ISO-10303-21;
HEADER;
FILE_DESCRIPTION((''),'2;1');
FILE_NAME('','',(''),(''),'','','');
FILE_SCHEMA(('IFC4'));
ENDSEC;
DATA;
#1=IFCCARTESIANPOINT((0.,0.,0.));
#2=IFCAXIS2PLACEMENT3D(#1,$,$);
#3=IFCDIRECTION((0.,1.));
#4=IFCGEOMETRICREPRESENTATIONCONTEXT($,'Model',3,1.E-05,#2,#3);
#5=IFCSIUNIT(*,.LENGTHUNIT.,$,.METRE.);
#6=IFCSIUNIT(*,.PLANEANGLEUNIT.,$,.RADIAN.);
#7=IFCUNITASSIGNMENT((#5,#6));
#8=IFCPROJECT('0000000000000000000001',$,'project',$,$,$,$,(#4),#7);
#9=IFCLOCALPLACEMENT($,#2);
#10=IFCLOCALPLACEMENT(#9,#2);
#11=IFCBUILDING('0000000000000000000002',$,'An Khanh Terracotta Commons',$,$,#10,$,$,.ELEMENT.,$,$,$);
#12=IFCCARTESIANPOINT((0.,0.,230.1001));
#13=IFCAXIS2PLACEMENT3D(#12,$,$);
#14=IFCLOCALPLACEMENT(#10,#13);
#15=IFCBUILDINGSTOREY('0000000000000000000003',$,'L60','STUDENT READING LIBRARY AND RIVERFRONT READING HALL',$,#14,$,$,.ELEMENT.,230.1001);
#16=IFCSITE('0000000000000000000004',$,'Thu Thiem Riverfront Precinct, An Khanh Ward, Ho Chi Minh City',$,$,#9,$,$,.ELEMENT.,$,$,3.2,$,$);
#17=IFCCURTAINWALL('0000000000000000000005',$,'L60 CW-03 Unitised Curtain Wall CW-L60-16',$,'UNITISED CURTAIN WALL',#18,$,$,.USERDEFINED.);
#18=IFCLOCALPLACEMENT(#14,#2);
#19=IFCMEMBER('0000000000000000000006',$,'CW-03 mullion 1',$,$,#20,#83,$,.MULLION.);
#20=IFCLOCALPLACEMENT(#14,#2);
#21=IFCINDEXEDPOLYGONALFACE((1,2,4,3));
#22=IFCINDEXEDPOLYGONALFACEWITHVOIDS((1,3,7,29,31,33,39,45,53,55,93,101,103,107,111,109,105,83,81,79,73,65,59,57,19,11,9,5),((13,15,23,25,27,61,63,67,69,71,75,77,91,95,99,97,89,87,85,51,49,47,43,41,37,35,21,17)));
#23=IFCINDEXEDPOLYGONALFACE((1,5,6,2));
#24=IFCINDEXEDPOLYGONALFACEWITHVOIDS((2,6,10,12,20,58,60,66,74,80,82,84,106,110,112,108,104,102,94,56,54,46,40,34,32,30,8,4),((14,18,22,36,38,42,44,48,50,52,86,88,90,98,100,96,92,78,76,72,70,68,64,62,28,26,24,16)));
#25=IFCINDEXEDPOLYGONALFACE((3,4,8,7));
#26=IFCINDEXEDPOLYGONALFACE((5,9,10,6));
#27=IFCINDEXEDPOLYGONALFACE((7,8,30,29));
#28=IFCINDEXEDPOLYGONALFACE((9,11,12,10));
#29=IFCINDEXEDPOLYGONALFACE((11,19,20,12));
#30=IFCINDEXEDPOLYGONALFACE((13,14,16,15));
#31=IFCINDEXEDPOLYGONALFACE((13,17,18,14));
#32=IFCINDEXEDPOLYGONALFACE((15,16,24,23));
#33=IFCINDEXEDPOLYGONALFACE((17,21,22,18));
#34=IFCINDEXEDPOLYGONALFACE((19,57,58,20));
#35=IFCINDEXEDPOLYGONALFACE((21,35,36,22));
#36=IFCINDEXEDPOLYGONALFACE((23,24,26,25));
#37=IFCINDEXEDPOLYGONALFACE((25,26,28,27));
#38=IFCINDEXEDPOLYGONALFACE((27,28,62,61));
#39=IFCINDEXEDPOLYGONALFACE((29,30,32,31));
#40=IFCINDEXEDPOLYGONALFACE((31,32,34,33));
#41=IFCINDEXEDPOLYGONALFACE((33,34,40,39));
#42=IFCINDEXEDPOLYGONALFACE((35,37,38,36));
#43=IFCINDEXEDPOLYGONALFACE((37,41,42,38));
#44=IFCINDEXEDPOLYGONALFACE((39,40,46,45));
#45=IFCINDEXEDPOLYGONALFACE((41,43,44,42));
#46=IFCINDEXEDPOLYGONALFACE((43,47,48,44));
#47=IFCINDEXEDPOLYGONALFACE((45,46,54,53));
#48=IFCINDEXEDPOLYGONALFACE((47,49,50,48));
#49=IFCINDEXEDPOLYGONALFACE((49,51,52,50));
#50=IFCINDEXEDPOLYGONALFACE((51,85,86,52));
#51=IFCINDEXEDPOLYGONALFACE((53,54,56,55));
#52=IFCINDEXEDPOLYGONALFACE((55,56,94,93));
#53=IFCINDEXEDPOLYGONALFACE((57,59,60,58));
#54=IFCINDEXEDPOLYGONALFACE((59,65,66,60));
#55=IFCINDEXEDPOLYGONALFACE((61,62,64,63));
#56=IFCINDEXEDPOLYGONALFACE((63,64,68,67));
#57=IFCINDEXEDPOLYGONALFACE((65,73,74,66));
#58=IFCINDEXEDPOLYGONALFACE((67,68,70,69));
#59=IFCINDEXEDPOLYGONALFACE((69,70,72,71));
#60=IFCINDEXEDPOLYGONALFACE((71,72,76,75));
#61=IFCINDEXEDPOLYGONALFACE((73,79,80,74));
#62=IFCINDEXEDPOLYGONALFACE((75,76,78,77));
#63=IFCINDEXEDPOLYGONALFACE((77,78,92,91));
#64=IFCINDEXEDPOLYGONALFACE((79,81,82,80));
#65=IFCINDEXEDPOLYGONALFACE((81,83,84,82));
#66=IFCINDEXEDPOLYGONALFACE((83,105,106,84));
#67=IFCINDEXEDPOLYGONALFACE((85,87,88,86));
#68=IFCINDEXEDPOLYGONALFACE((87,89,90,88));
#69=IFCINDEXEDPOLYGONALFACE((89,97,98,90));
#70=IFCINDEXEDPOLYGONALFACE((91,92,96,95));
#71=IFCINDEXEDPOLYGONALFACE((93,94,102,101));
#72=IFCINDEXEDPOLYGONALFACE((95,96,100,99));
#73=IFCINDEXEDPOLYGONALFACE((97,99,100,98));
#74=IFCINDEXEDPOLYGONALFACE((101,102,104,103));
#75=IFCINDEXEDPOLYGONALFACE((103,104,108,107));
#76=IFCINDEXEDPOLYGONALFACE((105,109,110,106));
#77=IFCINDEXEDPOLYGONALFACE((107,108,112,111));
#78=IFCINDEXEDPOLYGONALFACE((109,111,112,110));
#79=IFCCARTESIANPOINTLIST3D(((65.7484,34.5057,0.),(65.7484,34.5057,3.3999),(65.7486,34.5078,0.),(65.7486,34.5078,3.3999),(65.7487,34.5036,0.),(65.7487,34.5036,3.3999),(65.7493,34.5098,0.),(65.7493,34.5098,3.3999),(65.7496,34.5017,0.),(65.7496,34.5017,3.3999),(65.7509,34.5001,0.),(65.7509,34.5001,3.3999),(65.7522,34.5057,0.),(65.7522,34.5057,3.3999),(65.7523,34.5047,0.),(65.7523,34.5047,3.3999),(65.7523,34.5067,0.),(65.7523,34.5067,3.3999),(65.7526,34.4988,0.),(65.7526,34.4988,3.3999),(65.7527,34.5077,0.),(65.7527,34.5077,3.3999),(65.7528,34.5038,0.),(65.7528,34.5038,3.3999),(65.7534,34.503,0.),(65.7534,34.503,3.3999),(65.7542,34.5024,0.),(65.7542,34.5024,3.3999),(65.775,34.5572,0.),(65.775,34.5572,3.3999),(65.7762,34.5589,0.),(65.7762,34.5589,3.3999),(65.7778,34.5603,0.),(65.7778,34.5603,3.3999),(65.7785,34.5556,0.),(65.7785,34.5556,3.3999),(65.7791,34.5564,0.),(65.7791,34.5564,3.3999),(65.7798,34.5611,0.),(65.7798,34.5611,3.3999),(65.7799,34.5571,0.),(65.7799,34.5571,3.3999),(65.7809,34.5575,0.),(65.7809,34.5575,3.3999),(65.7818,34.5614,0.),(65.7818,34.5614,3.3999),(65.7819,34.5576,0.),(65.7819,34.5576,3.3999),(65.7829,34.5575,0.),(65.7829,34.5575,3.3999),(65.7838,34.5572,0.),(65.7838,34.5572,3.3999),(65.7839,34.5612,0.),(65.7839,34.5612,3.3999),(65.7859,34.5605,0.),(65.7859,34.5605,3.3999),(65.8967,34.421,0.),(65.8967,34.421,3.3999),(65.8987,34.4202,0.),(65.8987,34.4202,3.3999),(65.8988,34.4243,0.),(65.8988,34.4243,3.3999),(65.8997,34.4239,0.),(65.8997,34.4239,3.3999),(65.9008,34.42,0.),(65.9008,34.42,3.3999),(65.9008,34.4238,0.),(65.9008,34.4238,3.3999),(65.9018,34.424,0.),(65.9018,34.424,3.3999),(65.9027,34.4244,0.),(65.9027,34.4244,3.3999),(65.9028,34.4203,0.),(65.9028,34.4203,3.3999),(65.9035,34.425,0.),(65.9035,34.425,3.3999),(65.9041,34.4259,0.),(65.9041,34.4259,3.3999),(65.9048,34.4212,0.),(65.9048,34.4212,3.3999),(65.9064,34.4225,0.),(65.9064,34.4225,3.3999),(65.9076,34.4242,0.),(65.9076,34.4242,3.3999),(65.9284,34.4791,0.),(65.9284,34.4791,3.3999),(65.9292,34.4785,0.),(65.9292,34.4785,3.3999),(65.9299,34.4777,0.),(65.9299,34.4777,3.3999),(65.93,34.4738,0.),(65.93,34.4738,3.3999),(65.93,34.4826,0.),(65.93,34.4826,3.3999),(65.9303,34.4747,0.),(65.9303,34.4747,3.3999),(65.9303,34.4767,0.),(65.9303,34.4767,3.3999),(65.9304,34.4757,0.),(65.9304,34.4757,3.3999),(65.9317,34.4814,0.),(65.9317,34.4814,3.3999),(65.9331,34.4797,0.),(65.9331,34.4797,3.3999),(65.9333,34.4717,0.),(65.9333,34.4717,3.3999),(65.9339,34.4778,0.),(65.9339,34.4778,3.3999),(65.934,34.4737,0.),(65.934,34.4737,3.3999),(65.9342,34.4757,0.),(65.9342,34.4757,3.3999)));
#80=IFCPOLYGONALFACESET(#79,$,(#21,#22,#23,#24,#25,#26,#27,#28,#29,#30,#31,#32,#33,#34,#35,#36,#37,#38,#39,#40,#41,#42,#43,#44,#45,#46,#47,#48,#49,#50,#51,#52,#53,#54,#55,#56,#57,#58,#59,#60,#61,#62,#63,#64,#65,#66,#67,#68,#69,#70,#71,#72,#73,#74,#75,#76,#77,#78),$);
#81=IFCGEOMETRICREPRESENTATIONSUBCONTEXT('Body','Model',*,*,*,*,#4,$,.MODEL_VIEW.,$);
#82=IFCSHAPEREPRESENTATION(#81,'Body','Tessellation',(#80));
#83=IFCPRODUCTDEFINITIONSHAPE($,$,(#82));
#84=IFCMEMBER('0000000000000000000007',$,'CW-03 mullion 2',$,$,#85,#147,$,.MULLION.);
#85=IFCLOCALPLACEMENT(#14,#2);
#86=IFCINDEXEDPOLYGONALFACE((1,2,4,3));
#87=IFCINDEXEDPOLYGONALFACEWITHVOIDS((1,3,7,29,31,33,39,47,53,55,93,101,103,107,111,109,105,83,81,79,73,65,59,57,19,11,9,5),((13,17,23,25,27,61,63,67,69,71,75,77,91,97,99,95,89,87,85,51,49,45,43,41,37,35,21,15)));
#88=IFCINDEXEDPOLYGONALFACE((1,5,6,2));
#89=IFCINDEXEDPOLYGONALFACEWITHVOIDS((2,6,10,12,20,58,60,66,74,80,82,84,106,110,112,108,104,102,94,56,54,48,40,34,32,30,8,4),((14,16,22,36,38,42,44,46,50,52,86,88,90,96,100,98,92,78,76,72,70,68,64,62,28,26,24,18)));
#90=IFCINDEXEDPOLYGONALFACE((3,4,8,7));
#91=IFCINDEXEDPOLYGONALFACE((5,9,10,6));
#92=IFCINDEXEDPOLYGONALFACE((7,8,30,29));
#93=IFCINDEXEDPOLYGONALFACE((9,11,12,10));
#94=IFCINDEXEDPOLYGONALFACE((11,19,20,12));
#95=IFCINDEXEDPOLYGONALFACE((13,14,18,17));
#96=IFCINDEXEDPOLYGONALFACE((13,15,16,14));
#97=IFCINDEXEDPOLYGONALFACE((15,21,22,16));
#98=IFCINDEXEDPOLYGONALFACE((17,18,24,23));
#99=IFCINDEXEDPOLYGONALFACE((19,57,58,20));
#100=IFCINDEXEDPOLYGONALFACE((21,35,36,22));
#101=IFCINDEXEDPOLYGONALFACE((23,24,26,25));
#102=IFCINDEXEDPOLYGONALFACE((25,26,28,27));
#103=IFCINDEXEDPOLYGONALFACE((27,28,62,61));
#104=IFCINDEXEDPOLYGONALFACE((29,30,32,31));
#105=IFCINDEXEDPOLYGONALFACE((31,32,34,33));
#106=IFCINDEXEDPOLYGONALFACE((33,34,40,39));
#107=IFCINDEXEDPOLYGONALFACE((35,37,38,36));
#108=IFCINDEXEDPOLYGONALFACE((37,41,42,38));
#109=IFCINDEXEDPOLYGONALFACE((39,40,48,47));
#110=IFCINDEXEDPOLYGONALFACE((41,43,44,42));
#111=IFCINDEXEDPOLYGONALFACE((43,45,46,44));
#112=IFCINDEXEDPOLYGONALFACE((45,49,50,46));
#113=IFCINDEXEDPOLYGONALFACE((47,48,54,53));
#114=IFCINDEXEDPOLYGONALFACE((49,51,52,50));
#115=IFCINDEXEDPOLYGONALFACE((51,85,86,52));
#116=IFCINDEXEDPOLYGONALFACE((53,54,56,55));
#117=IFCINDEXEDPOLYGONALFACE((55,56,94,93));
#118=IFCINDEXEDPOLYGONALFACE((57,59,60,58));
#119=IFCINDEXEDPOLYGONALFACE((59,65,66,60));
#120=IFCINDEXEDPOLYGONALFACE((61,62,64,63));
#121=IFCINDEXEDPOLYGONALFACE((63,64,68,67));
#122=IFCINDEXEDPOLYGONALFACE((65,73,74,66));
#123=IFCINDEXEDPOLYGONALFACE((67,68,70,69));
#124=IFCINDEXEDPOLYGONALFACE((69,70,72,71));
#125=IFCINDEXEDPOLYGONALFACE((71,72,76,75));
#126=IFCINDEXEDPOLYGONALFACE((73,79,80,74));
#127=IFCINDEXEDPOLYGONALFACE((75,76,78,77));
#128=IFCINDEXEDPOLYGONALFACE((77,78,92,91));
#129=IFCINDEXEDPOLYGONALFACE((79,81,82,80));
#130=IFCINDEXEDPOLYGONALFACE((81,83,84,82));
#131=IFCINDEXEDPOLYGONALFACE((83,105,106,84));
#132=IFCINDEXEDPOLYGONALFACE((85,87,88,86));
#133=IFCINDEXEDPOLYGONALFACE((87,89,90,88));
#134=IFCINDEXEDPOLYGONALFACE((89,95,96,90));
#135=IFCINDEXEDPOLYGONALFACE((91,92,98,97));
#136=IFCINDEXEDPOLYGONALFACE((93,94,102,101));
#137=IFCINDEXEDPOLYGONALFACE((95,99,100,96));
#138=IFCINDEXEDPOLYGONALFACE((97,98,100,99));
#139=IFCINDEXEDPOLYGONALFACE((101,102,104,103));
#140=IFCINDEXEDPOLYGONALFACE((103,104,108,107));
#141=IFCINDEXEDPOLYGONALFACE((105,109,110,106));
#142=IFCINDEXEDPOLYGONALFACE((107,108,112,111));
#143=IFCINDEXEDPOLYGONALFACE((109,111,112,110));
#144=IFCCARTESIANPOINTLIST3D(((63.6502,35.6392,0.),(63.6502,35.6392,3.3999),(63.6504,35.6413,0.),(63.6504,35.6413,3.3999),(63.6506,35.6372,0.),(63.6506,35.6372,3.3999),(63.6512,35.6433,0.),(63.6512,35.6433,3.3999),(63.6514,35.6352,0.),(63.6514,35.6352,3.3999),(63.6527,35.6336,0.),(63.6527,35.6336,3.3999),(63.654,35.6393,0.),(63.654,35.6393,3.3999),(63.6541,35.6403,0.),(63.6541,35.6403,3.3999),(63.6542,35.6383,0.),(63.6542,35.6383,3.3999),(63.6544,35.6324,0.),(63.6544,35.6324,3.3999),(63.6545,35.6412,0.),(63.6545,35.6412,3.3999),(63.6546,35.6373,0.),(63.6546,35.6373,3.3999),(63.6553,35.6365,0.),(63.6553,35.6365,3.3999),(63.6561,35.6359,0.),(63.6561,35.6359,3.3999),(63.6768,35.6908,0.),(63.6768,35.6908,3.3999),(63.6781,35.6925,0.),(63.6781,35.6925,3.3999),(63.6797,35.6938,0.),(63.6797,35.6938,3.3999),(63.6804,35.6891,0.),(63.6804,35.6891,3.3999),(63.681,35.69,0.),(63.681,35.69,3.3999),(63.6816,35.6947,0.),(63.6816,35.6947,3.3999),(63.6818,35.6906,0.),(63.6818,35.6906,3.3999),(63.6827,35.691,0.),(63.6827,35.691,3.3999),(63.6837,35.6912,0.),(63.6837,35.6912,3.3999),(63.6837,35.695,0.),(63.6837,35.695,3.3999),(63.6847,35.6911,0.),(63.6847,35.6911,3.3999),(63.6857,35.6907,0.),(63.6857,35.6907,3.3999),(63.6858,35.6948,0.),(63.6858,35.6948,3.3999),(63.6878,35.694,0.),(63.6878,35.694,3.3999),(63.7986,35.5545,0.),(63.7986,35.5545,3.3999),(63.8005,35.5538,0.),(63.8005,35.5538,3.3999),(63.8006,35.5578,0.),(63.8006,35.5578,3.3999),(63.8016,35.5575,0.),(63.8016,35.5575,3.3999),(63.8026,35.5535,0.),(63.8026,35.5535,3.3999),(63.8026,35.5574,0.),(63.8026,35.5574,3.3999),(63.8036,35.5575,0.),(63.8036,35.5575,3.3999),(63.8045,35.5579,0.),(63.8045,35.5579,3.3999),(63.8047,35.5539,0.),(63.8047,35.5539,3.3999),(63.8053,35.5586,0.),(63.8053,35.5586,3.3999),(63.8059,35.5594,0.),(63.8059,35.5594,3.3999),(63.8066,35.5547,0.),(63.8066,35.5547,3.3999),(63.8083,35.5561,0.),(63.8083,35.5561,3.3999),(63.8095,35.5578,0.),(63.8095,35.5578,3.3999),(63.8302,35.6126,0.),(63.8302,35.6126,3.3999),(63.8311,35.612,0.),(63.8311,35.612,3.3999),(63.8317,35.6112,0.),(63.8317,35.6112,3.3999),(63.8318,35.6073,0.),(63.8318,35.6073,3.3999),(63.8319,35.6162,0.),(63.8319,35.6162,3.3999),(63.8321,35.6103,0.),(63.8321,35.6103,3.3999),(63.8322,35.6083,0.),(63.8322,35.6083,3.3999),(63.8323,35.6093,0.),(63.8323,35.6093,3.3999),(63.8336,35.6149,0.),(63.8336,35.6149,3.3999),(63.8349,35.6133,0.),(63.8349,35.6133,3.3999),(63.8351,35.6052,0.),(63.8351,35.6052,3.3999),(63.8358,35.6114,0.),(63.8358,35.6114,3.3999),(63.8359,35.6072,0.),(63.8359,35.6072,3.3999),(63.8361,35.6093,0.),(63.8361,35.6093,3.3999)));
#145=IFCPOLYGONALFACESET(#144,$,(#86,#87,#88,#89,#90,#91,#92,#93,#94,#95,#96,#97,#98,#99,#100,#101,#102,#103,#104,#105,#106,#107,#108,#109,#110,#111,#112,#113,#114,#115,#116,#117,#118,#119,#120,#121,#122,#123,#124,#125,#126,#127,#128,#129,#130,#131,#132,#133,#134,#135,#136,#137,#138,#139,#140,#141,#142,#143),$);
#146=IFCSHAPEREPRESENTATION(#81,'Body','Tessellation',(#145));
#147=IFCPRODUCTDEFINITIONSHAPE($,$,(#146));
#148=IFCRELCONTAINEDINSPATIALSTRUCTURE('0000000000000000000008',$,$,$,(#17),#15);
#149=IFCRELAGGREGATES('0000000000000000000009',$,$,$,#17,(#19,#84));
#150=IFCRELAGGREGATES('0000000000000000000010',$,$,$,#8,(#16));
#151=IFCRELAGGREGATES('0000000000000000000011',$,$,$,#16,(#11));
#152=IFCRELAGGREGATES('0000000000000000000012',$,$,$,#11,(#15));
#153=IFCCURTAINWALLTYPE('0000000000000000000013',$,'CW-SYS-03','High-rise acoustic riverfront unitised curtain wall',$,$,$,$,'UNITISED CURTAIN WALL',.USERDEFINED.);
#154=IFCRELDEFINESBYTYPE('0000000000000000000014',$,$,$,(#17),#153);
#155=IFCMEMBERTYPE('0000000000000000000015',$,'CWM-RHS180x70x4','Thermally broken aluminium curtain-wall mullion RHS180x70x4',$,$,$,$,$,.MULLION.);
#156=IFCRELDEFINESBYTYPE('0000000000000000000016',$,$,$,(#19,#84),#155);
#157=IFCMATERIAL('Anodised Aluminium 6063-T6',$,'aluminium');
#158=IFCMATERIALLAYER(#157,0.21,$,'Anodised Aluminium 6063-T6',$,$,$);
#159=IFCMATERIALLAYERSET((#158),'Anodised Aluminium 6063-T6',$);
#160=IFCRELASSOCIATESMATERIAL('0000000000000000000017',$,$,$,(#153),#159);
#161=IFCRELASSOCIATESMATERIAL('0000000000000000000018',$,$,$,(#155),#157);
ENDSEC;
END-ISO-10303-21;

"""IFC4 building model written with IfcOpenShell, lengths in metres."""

from ifc_helpers import new_model, si_unit, direction, frame, origin, origin_2d, place, context, subcontext, project, spatial, hollow_rectangle, extrude, material, layer, layer_set, material_profile, profile_set, type_object, element, aggregate, save


model = new_model("IFC4")

# Units and contexts
model_context = context("Model", 3, precision=1e-05, world=origin(), true_north=direction((0.0, 1.0)))
body_context = subcontext(model_context, "Body", "Model", "MODEL_VIEW")
ifc_project = project(units=[si_unit("LENGTHUNIT", "METRE"), si_unit("PLANEANGLEUNIT", "RADIAN")], contexts=[model_context])

# Site, building, storey
site_placement = place(None, origin())
site = spatial("IfcSite", under=ifc_project, at=site_placement, Name="Thu Thiem Riverfront Precinct, An Khanh Ward, Ho Chi Minh City", CompositionType="ELEMENT", RefElevation=3.2)
building_placement = place(site_placement, origin())
building = spatial("IfcBuilding", under=site, at=building_placement, Name="An Khanh Terracotta Commons", CompositionType="ELEMENT")
storey_placement = place(building_placement, frame((0.0, 0.0, 230.1001)))
storey = spatial("IfcBuildingStorey", under=building, at=storey_placement, Name="L60", Description="STUDENT READING LIBRARY AND RIVERFRONT READING HALL", CompositionType="ELEMENT", Elevation=230.1001)

# Curtain wall, members
ifc_material_1 = material(Name="Anodised Aluminium 6063-T6", Category="aluminium")
ifc_layer_1 = layer(ifc_material_1, 0.21, Name="Anodised Aluminium 6063-T6")
ifc_layer_set_1 = layer_set([ifc_layer_1], Name="Anodised Aluminium 6063-T6")
curtain_wall_type_1 = type_object("IfcCurtainWallType", Name="CW-SYS-03", Description="High-rise acoustic riverfront unitised curtain wall", ElementType="UNITISED CURTAIN WALL", PredefinedType="USERDEFINED", material=ifc_layer_set_1)
curtain_wall_1_placement = place(storey_placement, origin())
curtain_wall_1 = element("IfcCurtainWall", 1, at=curtain_wall_1_placement, inside=storey, type_object=curtain_wall_type_1, Name="L60 CW-03 Unitised Curtain Wall CW-L60-16", ObjectType="UNITISED CURTAIN WALL", PredefinedType="USERDEFINED")
ifc_material_profile_1 = material_profile(ifc_material_1, hollow_rectangle(XDim=0.0701, YDim=0.1799, WallThickness=0.0039, InnerFilletRadius=0.0039, OuterFilletRadius=0.0081, at=origin_2d()), Name="RHS180x70x4")
ifc_profile_set_1 = profile_set([ifc_material_profile_1], Name="Anodised Aluminium 6063-T6")
member_type_1 = type_object("IfcMemberType", Name="CWM-RHS180x70x4", Description="Thermally broken aluminium curtain-wall mullion RHS180x70x4", PredefinedType="MULLION", material=ifc_profile_set_1)
member_1_placement = place(storey_placement, frame((65.8413, 34.4907, 0.0), z_axis=(0.0, 0.0, 1.0), x_axis=(-0.475381, -0.87978, 0.0)))
member_1 = element("IfcMember", 2, at=member_1_placement, type_object=member_type_1, Name="CW-03 mullion 1", PredefinedType="MULLION", context=body_context, shape_type="SweptSolid", body=[
    extrude(hollow_rectangle(XDim=0.0701, YDim=0.1799, WallThickness=0.0039, InnerFilletRadius=0.0039, OuterFilletRadius=0.0081, at=origin_2d()), origin(), (0.0, 0.0, 1.0), 3.3999),
])
member_2_placement = place(storey_placement, frame((63.7432, 35.6243, 0.0), z_axis=(0.0, 0.0, 1.0), x_axis=(-0.475381, -0.87978, 0.0)))
member_2 = element("IfcMember", 3, at=member_2_placement, type_object=member_type_1, Name="CW-03 mullion 2", PredefinedType="MULLION", context=body_context, shape_type="SweptSolid", body=[
    extrude(hollow_rectangle(XDim=0.0701, YDim=0.1799, WallThickness=0.0039, InnerFilletRadius=0.0039, OuterFilletRadius=0.0081, at=origin_2d()), origin(), (0.0, 0.0, 1.0), 3.3999),
])

aggregate(curtain_wall_1, [member_1, member_2])

save(model, "model.ifc")
